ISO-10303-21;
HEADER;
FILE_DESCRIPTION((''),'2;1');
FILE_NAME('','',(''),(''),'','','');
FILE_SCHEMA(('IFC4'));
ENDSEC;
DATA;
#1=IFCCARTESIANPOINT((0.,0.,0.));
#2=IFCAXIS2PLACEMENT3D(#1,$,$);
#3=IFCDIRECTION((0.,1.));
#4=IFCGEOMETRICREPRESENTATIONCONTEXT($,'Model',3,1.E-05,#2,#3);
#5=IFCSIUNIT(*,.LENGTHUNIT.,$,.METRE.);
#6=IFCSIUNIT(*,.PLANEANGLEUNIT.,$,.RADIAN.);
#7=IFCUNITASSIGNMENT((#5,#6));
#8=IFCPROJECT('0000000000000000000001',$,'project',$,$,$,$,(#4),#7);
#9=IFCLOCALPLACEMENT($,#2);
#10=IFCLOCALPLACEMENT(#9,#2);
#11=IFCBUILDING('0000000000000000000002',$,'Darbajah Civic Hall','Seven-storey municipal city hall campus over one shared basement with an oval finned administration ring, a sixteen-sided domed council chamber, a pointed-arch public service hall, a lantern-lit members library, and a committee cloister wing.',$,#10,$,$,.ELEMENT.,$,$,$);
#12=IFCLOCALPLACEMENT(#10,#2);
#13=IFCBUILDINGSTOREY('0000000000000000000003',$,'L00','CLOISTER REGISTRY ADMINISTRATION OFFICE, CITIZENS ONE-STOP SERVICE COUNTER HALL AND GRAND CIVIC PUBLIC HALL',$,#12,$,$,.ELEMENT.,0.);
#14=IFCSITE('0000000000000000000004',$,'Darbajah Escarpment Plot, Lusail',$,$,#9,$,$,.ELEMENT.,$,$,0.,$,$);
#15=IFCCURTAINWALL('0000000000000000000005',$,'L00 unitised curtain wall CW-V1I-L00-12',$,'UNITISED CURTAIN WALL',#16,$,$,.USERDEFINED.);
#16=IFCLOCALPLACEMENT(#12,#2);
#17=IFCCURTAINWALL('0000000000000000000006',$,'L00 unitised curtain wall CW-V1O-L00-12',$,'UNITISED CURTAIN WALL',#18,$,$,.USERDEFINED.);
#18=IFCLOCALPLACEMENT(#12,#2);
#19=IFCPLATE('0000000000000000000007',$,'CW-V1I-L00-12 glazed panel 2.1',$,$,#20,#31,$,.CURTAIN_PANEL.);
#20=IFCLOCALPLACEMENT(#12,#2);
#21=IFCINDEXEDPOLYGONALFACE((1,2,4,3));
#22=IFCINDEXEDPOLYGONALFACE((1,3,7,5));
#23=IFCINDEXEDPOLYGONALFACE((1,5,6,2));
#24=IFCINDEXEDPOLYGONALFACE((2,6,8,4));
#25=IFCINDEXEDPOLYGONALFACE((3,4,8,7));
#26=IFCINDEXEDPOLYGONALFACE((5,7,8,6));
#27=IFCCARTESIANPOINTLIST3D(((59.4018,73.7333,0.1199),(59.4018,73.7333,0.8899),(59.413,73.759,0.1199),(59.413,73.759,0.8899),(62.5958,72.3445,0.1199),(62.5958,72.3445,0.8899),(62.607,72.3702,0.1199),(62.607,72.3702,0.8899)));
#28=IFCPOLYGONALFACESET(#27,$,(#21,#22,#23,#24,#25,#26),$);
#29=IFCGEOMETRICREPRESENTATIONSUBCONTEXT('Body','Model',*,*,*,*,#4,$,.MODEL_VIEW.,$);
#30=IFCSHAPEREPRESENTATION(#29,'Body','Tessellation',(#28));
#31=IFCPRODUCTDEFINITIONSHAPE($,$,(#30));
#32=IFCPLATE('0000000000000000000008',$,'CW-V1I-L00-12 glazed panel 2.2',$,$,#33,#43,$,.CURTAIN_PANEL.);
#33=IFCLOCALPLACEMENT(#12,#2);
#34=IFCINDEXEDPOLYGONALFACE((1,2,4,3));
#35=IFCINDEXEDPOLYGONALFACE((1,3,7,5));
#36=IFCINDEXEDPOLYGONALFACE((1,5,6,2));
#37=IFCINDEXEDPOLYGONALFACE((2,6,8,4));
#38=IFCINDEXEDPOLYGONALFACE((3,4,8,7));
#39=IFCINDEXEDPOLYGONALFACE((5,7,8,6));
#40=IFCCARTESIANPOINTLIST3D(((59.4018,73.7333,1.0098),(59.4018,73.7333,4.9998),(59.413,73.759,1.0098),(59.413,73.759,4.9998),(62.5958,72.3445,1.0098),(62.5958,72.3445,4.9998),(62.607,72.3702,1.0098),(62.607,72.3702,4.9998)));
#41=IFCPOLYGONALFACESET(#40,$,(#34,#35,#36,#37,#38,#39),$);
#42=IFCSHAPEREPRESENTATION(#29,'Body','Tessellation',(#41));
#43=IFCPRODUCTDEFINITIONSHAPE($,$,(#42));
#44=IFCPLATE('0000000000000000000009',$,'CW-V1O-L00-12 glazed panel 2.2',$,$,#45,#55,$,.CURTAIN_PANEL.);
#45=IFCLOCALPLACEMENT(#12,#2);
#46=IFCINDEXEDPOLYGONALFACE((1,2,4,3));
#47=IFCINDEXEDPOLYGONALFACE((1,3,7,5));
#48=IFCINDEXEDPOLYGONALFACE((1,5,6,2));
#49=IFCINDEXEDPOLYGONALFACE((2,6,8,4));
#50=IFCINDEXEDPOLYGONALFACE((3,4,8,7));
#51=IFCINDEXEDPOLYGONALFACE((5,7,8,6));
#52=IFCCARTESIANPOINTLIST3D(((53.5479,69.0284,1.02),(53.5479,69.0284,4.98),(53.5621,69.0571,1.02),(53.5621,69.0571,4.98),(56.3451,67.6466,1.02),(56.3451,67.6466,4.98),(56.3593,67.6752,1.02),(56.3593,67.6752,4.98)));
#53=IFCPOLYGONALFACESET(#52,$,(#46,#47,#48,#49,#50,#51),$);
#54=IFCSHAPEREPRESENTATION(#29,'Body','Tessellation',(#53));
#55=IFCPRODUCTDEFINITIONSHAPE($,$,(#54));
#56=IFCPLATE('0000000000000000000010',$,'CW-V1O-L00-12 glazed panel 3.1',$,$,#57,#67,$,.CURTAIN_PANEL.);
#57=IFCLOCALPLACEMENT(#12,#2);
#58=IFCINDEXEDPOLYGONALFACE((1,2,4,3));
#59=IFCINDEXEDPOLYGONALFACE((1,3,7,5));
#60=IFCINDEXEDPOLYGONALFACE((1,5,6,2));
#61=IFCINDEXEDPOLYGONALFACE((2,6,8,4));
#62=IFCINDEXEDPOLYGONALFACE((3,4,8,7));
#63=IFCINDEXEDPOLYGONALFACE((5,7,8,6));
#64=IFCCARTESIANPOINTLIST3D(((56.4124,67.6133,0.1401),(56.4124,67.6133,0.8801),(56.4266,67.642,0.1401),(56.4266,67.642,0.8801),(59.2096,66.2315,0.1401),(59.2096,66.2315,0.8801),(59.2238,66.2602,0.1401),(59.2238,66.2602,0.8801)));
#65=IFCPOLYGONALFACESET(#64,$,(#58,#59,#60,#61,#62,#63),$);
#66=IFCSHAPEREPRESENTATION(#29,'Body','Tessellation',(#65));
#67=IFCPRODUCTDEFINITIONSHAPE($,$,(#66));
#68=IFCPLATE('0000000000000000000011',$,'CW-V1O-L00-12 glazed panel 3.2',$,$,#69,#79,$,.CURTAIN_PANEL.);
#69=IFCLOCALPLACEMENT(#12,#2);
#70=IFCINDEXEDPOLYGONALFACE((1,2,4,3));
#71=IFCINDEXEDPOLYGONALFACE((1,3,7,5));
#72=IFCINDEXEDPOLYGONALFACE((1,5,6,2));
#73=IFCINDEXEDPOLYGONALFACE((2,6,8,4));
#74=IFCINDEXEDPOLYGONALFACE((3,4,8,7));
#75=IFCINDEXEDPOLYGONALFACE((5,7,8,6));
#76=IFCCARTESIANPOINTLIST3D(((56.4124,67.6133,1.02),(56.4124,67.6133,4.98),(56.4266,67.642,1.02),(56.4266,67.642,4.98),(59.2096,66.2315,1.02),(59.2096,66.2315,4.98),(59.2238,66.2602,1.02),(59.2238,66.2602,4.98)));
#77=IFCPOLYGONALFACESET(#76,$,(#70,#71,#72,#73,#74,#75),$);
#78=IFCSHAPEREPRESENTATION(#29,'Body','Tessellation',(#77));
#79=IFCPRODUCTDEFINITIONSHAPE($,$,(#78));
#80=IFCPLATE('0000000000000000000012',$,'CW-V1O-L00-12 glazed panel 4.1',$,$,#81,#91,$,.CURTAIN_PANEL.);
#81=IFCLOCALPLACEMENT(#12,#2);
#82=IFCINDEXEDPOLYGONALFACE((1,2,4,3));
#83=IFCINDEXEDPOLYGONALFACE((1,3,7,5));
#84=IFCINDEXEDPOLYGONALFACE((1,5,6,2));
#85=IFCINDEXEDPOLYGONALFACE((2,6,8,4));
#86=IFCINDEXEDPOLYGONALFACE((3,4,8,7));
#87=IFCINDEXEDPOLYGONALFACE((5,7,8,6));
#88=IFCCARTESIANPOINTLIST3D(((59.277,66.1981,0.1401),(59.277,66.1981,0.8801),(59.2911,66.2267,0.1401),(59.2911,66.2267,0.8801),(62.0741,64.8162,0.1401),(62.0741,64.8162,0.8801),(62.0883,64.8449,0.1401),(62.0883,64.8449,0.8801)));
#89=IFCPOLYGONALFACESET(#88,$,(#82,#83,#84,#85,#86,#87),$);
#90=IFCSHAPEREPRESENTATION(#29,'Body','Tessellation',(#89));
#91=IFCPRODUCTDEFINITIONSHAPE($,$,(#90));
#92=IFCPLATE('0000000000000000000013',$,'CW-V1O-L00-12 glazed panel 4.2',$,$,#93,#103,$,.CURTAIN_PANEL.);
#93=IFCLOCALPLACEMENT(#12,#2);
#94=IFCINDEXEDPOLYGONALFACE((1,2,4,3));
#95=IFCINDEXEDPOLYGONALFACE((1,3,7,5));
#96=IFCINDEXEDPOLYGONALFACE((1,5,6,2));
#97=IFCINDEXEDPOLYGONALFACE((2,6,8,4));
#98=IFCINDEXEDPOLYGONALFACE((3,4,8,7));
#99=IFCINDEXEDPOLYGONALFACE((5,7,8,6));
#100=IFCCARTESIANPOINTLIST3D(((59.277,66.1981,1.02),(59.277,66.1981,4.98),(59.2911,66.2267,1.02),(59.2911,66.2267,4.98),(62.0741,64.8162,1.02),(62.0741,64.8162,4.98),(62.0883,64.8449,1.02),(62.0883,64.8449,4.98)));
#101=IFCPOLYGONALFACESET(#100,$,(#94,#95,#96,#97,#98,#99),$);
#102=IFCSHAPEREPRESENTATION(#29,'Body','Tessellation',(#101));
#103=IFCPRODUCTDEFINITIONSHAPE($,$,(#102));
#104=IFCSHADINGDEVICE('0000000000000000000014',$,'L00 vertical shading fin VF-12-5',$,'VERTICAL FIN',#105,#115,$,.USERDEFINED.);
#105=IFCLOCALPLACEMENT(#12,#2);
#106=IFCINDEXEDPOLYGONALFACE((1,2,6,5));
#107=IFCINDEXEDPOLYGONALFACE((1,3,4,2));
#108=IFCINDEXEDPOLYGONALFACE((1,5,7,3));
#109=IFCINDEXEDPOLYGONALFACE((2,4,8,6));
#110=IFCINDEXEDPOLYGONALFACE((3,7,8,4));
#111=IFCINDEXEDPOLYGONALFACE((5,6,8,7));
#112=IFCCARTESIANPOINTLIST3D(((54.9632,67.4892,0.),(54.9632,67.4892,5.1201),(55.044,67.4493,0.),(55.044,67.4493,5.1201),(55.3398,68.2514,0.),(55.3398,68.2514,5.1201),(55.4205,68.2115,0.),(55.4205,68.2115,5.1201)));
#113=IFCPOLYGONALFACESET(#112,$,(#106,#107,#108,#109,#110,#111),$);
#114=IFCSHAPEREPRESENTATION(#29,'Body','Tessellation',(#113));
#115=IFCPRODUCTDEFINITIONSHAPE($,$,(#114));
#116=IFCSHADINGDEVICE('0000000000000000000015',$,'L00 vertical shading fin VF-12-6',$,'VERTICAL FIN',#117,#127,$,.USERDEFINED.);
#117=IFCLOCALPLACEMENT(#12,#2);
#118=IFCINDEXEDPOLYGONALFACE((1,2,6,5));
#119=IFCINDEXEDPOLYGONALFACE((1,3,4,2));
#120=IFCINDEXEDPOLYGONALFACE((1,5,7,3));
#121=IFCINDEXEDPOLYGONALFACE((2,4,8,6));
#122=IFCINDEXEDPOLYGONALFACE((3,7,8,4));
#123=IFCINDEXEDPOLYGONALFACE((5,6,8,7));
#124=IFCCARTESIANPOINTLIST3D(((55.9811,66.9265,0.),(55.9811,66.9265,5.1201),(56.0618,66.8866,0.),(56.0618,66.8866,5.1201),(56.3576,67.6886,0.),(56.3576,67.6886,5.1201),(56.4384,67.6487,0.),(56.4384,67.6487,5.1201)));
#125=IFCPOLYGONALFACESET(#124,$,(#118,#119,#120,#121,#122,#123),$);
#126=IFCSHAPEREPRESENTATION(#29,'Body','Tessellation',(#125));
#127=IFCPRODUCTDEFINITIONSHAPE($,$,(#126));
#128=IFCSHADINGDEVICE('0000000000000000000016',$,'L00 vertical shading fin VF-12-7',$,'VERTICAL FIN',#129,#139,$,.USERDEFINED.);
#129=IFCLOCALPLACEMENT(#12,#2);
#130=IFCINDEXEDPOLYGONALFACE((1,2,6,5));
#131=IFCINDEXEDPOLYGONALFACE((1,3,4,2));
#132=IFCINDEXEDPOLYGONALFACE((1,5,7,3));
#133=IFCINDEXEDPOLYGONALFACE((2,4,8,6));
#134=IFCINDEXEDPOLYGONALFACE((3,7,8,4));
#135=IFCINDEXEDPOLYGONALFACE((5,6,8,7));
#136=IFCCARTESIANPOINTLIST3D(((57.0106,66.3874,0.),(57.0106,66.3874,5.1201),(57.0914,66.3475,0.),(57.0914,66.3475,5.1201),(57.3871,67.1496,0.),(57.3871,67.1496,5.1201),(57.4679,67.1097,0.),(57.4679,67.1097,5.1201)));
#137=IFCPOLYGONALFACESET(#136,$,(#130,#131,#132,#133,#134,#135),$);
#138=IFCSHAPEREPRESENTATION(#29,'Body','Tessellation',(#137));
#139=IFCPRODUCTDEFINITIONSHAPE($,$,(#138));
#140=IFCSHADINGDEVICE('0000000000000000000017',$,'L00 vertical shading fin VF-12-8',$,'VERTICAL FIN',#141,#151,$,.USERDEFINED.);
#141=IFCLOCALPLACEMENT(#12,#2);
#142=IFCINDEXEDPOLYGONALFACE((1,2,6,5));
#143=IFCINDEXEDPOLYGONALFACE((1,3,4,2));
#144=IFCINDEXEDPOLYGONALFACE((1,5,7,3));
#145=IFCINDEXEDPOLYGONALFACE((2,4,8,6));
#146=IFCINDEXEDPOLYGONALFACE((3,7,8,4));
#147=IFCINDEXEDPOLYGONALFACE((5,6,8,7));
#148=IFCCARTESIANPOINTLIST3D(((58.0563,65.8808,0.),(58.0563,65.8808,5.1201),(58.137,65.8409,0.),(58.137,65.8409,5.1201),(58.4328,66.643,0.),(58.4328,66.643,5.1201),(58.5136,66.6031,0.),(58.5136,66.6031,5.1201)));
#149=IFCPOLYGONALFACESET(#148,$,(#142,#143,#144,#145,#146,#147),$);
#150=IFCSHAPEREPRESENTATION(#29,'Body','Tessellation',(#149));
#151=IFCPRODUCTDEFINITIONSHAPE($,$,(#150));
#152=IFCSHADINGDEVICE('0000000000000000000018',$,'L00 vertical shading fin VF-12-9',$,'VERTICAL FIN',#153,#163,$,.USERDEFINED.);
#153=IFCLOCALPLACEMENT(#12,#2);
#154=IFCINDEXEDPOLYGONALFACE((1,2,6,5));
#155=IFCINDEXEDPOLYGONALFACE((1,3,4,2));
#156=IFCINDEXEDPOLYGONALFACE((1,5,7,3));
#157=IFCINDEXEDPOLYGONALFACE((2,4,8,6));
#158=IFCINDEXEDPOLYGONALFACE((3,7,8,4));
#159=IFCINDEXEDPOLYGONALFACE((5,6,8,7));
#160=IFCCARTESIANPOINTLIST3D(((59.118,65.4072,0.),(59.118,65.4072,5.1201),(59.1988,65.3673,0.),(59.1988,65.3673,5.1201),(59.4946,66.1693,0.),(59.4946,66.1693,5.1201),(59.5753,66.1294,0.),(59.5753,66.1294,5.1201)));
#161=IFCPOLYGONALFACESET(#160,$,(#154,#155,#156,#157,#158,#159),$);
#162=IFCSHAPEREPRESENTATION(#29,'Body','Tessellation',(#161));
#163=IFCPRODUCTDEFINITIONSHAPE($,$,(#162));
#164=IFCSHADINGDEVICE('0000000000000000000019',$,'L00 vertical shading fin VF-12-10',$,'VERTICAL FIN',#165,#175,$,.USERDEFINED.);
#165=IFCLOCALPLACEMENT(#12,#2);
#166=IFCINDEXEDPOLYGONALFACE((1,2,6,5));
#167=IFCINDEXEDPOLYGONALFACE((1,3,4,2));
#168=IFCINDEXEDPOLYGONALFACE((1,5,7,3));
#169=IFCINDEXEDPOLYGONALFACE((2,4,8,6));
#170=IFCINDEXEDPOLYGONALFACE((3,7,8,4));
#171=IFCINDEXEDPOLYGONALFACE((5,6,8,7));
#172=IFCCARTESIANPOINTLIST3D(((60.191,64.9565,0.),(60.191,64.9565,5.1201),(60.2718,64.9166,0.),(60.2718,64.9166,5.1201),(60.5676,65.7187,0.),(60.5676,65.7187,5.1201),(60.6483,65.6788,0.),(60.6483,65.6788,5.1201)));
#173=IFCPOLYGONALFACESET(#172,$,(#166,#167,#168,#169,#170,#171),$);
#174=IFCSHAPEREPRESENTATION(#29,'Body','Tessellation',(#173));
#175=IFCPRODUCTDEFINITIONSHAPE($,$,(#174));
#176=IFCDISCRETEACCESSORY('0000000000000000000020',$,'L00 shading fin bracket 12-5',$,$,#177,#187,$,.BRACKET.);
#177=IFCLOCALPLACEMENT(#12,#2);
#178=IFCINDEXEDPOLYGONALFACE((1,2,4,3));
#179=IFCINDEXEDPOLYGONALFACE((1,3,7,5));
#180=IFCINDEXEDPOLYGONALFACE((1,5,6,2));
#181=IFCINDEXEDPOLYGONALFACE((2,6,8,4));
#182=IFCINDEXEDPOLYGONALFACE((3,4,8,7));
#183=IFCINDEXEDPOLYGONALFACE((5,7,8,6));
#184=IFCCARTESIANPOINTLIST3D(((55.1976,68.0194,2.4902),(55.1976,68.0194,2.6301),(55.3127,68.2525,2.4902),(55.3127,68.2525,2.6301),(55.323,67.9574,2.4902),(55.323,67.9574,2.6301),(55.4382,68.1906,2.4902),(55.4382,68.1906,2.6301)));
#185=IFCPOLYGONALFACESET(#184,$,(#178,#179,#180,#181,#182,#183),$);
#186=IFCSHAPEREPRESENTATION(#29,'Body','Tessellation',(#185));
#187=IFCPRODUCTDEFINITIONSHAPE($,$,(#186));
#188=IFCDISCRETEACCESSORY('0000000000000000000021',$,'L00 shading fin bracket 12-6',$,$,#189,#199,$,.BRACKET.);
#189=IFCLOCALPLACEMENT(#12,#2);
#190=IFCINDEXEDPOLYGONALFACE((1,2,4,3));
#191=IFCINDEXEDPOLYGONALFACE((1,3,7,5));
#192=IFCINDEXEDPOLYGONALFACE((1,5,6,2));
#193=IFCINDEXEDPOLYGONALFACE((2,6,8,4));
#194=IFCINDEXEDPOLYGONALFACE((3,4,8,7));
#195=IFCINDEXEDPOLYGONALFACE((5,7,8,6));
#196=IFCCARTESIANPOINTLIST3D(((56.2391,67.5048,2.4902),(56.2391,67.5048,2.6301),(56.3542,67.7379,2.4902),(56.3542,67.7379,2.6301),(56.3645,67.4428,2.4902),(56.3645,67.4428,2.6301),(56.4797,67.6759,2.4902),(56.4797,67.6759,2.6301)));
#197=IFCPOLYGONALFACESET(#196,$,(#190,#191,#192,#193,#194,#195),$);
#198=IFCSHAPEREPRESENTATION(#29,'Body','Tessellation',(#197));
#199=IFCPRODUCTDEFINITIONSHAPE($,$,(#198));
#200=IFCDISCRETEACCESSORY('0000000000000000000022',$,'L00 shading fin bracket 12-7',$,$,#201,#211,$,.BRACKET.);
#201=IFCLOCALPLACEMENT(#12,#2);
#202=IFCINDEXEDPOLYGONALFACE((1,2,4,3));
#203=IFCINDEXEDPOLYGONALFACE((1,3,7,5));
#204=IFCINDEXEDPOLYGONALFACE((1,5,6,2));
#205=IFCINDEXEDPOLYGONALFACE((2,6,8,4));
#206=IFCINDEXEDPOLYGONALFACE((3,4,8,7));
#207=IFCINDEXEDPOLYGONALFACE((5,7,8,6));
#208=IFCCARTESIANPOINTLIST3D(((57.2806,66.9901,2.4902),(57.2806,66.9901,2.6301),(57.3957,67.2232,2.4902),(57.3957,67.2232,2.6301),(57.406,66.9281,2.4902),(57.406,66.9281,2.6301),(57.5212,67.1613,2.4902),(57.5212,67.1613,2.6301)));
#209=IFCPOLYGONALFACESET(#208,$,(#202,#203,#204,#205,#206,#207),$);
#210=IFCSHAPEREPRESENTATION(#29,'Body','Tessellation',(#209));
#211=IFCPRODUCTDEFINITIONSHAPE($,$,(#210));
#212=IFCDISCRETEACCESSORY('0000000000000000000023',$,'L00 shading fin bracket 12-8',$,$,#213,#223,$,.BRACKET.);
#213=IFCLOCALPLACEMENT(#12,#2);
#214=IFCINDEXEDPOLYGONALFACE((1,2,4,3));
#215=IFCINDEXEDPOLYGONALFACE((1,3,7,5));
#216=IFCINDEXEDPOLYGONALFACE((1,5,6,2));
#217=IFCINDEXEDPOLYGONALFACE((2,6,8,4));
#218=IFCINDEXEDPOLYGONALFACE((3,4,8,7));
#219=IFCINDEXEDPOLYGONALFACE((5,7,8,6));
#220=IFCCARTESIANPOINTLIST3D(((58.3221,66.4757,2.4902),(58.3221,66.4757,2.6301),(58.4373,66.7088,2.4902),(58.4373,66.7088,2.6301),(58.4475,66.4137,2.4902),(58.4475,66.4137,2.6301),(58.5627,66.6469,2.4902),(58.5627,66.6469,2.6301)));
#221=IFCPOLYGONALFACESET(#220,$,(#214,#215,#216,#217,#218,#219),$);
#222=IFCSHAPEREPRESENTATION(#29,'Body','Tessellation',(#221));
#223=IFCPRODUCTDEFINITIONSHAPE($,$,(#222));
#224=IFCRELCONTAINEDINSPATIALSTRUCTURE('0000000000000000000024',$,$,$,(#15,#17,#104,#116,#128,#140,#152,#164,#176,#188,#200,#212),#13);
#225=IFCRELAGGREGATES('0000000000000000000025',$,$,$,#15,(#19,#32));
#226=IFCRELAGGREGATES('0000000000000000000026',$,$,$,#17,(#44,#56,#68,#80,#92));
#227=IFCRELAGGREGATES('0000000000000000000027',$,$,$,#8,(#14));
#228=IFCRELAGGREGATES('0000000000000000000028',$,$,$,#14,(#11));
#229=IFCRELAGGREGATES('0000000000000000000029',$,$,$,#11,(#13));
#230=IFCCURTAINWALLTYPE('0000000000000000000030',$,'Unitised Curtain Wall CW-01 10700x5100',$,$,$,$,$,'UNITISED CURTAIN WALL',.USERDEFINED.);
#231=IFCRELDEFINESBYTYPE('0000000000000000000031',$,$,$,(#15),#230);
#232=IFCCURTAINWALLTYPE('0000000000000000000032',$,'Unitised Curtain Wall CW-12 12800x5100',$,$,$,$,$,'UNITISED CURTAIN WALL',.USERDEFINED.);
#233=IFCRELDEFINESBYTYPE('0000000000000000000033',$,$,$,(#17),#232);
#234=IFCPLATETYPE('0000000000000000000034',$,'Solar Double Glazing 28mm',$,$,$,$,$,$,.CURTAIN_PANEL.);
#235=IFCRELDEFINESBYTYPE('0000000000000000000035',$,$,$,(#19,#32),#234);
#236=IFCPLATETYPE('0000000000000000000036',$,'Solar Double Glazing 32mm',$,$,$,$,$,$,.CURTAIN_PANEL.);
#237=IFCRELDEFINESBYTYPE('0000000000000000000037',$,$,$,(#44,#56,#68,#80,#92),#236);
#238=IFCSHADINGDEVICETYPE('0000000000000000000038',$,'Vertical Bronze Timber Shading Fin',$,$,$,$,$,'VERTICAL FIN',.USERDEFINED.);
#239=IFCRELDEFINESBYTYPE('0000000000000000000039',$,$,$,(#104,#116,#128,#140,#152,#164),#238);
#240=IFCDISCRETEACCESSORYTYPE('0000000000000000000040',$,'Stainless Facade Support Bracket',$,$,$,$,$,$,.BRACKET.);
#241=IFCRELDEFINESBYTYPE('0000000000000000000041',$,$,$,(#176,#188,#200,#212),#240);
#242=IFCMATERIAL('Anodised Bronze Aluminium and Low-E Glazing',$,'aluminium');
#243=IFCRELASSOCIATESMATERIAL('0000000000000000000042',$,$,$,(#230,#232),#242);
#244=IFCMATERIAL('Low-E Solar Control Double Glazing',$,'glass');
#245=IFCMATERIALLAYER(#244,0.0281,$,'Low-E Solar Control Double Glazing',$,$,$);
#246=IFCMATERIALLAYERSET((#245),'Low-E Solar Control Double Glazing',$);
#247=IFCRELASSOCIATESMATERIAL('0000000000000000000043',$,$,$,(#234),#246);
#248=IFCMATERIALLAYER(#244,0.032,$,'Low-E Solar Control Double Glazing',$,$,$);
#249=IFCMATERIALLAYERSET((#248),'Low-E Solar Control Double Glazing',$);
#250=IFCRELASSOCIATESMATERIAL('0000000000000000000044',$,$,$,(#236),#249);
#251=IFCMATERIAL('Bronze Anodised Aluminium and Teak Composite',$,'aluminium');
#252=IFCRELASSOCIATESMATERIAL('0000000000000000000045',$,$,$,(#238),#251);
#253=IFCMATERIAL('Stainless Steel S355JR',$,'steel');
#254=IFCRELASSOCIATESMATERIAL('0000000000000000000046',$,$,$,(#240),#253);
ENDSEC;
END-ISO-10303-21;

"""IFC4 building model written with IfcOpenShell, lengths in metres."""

from ifc_helpers import new_model, si_unit, direction, frame, origin, origin_2d, place, context, subcontext, project, spatial, rectangle, extrude, material, layer, layer_set, type_object, element, aggregate, save


model = new_model("IFC4")

# Units and contexts
model_context = context("Model", 3, precision=1e-05, world=origin(), true_north=direction((0.0, 1.0)))
body_context = subcontext(model_context, "Body", "Model", "MODEL_VIEW")
ifc_project = project(units=[si_unit("LENGTHUNIT", "METRE"), si_unit("PLANEANGLEUNIT", "RADIAN")], contexts=[model_context])

# Site, building, storey
site_placement = place(None, origin())
site = spatial("IfcSite", under=ifc_project, at=site_placement, Name="Darbajah Escarpment Plot, Lusail", CompositionType="ELEMENT", RefElevation=0.0)
building_placement = place(site_placement, origin())
building = spatial("IfcBuilding", under=site, at=building_placement, Name="Darbajah Civic Hall", Description="Seven-storey municipal city hall campus over one shared basement with an oval finned administration ring, a sixteen-sided domed council chamber, a pointed-arch public service hall, a lantern-lit members library, and a committee cloister wing.", CompositionType="ELEMENT")
storey_placement = place(building_placement, origin())
storey = spatial("IfcBuildingStorey", under=building, at=storey_placement, Name="L00", Description="CLOISTER REGISTRY ADMINISTRATION OFFICE, CITIZENS ONE-STOP SERVICE COUNTER HALL AND GRAND CIVIC PUBLIC HALL", CompositionType="ELEMENT", Elevation=0.0)

# Curtain walls
ifc_material_1 = material(Name="Anodised Bronze Aluminium and Low-E Glazing", Category="aluminium")
curtain_wall_type_1 = type_object("IfcCurtainWallType", Name="Unitised Curtain Wall CW-01 10700x5100", ElementType="UNITISED CURTAIN WALL", PredefinedType="USERDEFINED", material=ifc_material_1)
curtain_wall_1_placement = place(storey_placement, origin())
curtain_wall_1 = element("IfcCurtainWall", 1, at=curtain_wall_1_placement, inside=storey, type_object=curtain_wall_type_1, Name="L00 unitised curtain wall CW-V1I-L00-12", ObjectType="UNITISED CURTAIN WALL", PredefinedType="USERDEFINED")
curtain_wall_type_2 = type_object("IfcCurtainWallType", Name="Unitised Curtain Wall CW-12 12800x5100", ElementType="UNITISED CURTAIN WALL", PredefinedType="USERDEFINED", material=ifc_material_1)
curtain_wall_2_placement = place(storey_placement, origin())
curtain_wall_2 = element("IfcCurtainWall", 2, at=curtain_wall_2_placement, inside=storey, type_object=curtain_wall_type_2, Name="L00 unitised curtain wall CW-V1O-L00-12", ObjectType="UNITISED CURTAIN WALL", PredefinedType="USERDEFINED")

# Plates
ifc_material_2 = material(Name="Low-E Solar Control Double Glazing", Category="glass")
ifc_layer_1 = layer(ifc_material_2, 0.0281, Name="Low-E Solar Control Double Glazing")
ifc_layer_set_1 = layer_set([ifc_layer_1], Name="Low-E Solar Control Double Glazing")
plate_type_1 = type_object("IfcPlateType", Name="Solar Double Glazing 28mm", PredefinedType="CURTAIN_PANEL", material=ifc_layer_set_1)
plate_1_placement = place(storey_placement, frame((61.0044, 73.0518, 0.1199), z_axis=(0.0, 0.0, 1.0), x_axis=(0.91706, -0.398749, 0.0)))
plate_1 = element("IfcPlate", 3, at=plate_1_placement, type_object=plate_type_1, Name="CW-V1I-L00-12 glazed panel 2.1", PredefinedType="CURTAIN_PANEL", context=body_context, shape_type="SweptSolid", body=[
    extrude(rectangle(XDim=3.4829, YDim=0.0281, at=origin_2d()), origin(), (0.0, 0.0, 1.0), 0.77),
])
plate_2_placement = place(storey_placement, frame((61.0044, 73.0518, 1.0098), z_axis=(0.0, 0.0, 1.0), x_axis=(0.91706, -0.398749, 0.0)))
plate_2 = element("IfcPlate", 4, at=plate_2_placement, type_object=plate_type_1, Name="CW-V1I-L00-12 glazed panel 2.2", PredefinedType="CURTAIN_PANEL", context=body_context, shape_type="SweptSolid", body=[
    extrude(rectangle(XDim=3.4829, YDim=0.0281, at=origin_2d()), origin(), (0.0, 0.0, 1.0), 3.99),
])
aggregate(curtain_wall_1, [plate_1, plate_2])
ifc_layer_2 = layer(ifc_material_2, 0.032, Name="Low-E Solar Control Double Glazing")
ifc_layer_set_2 = layer_set([ifc_layer_2], Name="Low-E Solar Control Double Glazing")
plate_type_2 = type_object("IfcPlateType", Name="Solar Double Glazing 32mm", PredefinedType="CURTAIN_PANEL", material=ifc_layer_set_2)
plate_3_placement = place(storey_placement, frame((54.9536, 68.3518, 1.02), z_axis=(0.0, 0.0, 1.0), x_axis=(0.896564, -0.442915, 0.0)))
plate_3 = element("IfcPlate", 5, at=plate_3_placement, type_object=plate_type_2, Name="CW-V1O-L00-12 glazed panel 2.2", PredefinedType="CURTAIN_PANEL", context=body_context, shape_type="SweptSolid", body=[
    extrude(rectangle(XDim=3.1199, YDim=0.032, at=origin_2d()), origin(), (0.0, 0.0, 1.0), 3.96),
])
plate_4_placement = place(storey_placement, frame((57.8181, 66.9368, 0.1401), z_axis=(0.0, 0.0, 1.0), x_axis=(0.896564, -0.442915, 0.0)))
plate_4 = element("IfcPlate", 6, at=plate_4_placement, type_object=plate_type_2, Name="CW-V1O-L00-12 glazed panel 3.1", PredefinedType="CURTAIN_PANEL", context=body_context, shape_type="SweptSolid", body=[
    extrude(rectangle(XDim=3.1199, YDim=0.032, at=origin_2d()), origin(), (0.0, 0.0, 1.0), 0.74),
])
plate_5_placement = place(storey_placement, frame((57.8181, 66.9368, 1.02), z_axis=(0.0, 0.0, 1.0), x_axis=(0.896564, -0.442915, 0.0)))
plate_5 = element("IfcPlate", 7, at=plate_5_placement, type_object=plate_type_2, Name="CW-V1O-L00-12 glazed panel 3.2", PredefinedType="CURTAIN_PANEL", context=body_context, shape_type="SweptSolid", body=[
    extrude(rectangle(XDim=3.1199, YDim=0.032, at=origin_2d()), origin(), (0.0, 0.0, 1.0), 3.96),
])
plate_6_placement = place(storey_placement, frame((60.6826, 65.5215, 0.1401), z_axis=(0.0, 0.0, 1.0), x_axis=(0.896564, -0.442915, 0.0)))
plate_6 = element("IfcPlate", 8, at=plate_6_placement, type_object=plate_type_2, Name="CW-V1O-L00-12 glazed panel 4.1", PredefinedType="CURTAIN_PANEL", context=body_context, shape_type="SweptSolid", body=[
    extrude(rectangle(XDim=3.1199, YDim=0.032, at=origin_2d()), origin(), (0.0, 0.0, 1.0), 0.74),
])
plate_7_placement = place(storey_placement, frame((60.6826, 65.5215, 1.02), z_axis=(0.0, 0.0, 1.0), x_axis=(0.896564, -0.442915, 0.0)))
plate_7 = element("IfcPlate", 9, at=plate_7_placement, type_object=plate_type_2, Name="CW-V1O-L00-12 glazed panel 4.2", PredefinedType="CURTAIN_PANEL", context=body_context, shape_type="SweptSolid", body=[
    extrude(rectangle(XDim=3.1199, YDim=0.032, at=origin_2d()), origin(), (0.0, 0.0, 1.0), 3.96),
])
aggregate(curtain_wall_2, [plate_3, plate_4, plate_5, plate_6, plate_7])

# Shading devices
ifc_material_3 = material(Name="Bronze Anodised Aluminium and Teak Composite", Category="aluminium")
shading_device_type = type_object("IfcShadingDeviceType", Name="Vertical Bronze Timber Shading Fin", ElementType="VERTICAL FIN", PredefinedType="USERDEFINED", material=ifc_material_3)
for number, where, z_axis, x_axis, name in (
    (10, (55.1919, 67.8503, 0.0), (0.0, 0.0, 1.0), (-0.442915, -0.896564, 0.0), "L00 vertical shading fin VF-12-5"),
    (11, (56.2097, 67.2876, 0.0), (0.0, 0.0, 1.0), (-0.442915, -0.896564, 0.0), "L00 vertical shading fin VF-12-6"),
    (12, (57.2393, 66.7485, 0.0), (0.0, 0.0, 1.0), (-0.442915, -0.896564, 0.0), "L00 vertical shading fin VF-12-7"),
    (13, (58.2849, 66.2419, 0.0), (0.0, 0.0, 1.0), (-0.442915, -0.896564, 0.0), "L00 vertical shading fin VF-12-8"),
    (14, (59.3467, 65.7683, 0.0), (0.0, 0.0, 1.0), (-0.442915, -0.896564, 0.0), "L00 vertical shading fin VF-12-9"),
    (15, (60.4197, 65.3176, 0.0), (0.0, 0.0, 1.0), (-0.442915, -0.896564, 0.0), "L00 vertical shading fin VF-12-10"),
):
    element("IfcShadingDevice", number, at=place(storey_placement, frame(where, z_axis=z_axis, x_axis=x_axis)), inside=storey, type_object=shading_device_type, Name=name, ObjectType="VERTICAL FIN", PredefinedType="USERDEFINED", context=body_context, shape_type="SweptSolid", body=[
        extrude(rectangle(XDim=0.8501, YDim=0.0901, at=origin_2d()), origin(), (0.0, 0.0, 1.0), 5.1201),
    ])

# Discrete accessories
ifc_material_4 = material(Name="Stainless Steel S355JR", Category="steel")
discrete_accessory_type = type_object("IfcDiscreteAccessoryType", Name="Stainless Facade Support Bracket", PredefinedType="BRACKET", material=ifc_material_4)
for number, where, z_axis, x_axis, name in (
    (16, (55.3179, 68.105, 2.4902), (0.0, 0.0, 1.0), (-0.442915, -0.896564, 0.0), "L00 shading fin bracket 12-5"),
    (17, (56.3594, 67.5903, 2.4902), (0.0, 0.0, 1.0), (-0.442915, -0.896564, 0.0), "L00 shading fin bracket 12-6"),
    (18, (57.4009, 67.0757, 2.4902), (0.0, 0.0, 1.0), (-0.442915, -0.896564, 0.0), "L00 shading fin bracket 12-7"),
    (19, (58.4424, 66.5613, 2.4902), (0.0, 0.0, 1.0), (-0.442915, -0.896564, 0.0), "L00 shading fin bracket 12-8"),
):
    element("IfcDiscreteAccessory", number, at=place(storey_placement, frame(where, z_axis=z_axis, x_axis=x_axis)), inside=storey, type_object=discrete_accessory_type, Name=name, PredefinedType="BRACKET", context=body_context, shape_type="SweptSolid", body=[
        extrude(rectangle(XDim=0.26, YDim=0.1399, at=origin_2d()), origin(), (0.0, 0.0, 1.0), 0.1399),
    ])

save(model, "model.ifc")
